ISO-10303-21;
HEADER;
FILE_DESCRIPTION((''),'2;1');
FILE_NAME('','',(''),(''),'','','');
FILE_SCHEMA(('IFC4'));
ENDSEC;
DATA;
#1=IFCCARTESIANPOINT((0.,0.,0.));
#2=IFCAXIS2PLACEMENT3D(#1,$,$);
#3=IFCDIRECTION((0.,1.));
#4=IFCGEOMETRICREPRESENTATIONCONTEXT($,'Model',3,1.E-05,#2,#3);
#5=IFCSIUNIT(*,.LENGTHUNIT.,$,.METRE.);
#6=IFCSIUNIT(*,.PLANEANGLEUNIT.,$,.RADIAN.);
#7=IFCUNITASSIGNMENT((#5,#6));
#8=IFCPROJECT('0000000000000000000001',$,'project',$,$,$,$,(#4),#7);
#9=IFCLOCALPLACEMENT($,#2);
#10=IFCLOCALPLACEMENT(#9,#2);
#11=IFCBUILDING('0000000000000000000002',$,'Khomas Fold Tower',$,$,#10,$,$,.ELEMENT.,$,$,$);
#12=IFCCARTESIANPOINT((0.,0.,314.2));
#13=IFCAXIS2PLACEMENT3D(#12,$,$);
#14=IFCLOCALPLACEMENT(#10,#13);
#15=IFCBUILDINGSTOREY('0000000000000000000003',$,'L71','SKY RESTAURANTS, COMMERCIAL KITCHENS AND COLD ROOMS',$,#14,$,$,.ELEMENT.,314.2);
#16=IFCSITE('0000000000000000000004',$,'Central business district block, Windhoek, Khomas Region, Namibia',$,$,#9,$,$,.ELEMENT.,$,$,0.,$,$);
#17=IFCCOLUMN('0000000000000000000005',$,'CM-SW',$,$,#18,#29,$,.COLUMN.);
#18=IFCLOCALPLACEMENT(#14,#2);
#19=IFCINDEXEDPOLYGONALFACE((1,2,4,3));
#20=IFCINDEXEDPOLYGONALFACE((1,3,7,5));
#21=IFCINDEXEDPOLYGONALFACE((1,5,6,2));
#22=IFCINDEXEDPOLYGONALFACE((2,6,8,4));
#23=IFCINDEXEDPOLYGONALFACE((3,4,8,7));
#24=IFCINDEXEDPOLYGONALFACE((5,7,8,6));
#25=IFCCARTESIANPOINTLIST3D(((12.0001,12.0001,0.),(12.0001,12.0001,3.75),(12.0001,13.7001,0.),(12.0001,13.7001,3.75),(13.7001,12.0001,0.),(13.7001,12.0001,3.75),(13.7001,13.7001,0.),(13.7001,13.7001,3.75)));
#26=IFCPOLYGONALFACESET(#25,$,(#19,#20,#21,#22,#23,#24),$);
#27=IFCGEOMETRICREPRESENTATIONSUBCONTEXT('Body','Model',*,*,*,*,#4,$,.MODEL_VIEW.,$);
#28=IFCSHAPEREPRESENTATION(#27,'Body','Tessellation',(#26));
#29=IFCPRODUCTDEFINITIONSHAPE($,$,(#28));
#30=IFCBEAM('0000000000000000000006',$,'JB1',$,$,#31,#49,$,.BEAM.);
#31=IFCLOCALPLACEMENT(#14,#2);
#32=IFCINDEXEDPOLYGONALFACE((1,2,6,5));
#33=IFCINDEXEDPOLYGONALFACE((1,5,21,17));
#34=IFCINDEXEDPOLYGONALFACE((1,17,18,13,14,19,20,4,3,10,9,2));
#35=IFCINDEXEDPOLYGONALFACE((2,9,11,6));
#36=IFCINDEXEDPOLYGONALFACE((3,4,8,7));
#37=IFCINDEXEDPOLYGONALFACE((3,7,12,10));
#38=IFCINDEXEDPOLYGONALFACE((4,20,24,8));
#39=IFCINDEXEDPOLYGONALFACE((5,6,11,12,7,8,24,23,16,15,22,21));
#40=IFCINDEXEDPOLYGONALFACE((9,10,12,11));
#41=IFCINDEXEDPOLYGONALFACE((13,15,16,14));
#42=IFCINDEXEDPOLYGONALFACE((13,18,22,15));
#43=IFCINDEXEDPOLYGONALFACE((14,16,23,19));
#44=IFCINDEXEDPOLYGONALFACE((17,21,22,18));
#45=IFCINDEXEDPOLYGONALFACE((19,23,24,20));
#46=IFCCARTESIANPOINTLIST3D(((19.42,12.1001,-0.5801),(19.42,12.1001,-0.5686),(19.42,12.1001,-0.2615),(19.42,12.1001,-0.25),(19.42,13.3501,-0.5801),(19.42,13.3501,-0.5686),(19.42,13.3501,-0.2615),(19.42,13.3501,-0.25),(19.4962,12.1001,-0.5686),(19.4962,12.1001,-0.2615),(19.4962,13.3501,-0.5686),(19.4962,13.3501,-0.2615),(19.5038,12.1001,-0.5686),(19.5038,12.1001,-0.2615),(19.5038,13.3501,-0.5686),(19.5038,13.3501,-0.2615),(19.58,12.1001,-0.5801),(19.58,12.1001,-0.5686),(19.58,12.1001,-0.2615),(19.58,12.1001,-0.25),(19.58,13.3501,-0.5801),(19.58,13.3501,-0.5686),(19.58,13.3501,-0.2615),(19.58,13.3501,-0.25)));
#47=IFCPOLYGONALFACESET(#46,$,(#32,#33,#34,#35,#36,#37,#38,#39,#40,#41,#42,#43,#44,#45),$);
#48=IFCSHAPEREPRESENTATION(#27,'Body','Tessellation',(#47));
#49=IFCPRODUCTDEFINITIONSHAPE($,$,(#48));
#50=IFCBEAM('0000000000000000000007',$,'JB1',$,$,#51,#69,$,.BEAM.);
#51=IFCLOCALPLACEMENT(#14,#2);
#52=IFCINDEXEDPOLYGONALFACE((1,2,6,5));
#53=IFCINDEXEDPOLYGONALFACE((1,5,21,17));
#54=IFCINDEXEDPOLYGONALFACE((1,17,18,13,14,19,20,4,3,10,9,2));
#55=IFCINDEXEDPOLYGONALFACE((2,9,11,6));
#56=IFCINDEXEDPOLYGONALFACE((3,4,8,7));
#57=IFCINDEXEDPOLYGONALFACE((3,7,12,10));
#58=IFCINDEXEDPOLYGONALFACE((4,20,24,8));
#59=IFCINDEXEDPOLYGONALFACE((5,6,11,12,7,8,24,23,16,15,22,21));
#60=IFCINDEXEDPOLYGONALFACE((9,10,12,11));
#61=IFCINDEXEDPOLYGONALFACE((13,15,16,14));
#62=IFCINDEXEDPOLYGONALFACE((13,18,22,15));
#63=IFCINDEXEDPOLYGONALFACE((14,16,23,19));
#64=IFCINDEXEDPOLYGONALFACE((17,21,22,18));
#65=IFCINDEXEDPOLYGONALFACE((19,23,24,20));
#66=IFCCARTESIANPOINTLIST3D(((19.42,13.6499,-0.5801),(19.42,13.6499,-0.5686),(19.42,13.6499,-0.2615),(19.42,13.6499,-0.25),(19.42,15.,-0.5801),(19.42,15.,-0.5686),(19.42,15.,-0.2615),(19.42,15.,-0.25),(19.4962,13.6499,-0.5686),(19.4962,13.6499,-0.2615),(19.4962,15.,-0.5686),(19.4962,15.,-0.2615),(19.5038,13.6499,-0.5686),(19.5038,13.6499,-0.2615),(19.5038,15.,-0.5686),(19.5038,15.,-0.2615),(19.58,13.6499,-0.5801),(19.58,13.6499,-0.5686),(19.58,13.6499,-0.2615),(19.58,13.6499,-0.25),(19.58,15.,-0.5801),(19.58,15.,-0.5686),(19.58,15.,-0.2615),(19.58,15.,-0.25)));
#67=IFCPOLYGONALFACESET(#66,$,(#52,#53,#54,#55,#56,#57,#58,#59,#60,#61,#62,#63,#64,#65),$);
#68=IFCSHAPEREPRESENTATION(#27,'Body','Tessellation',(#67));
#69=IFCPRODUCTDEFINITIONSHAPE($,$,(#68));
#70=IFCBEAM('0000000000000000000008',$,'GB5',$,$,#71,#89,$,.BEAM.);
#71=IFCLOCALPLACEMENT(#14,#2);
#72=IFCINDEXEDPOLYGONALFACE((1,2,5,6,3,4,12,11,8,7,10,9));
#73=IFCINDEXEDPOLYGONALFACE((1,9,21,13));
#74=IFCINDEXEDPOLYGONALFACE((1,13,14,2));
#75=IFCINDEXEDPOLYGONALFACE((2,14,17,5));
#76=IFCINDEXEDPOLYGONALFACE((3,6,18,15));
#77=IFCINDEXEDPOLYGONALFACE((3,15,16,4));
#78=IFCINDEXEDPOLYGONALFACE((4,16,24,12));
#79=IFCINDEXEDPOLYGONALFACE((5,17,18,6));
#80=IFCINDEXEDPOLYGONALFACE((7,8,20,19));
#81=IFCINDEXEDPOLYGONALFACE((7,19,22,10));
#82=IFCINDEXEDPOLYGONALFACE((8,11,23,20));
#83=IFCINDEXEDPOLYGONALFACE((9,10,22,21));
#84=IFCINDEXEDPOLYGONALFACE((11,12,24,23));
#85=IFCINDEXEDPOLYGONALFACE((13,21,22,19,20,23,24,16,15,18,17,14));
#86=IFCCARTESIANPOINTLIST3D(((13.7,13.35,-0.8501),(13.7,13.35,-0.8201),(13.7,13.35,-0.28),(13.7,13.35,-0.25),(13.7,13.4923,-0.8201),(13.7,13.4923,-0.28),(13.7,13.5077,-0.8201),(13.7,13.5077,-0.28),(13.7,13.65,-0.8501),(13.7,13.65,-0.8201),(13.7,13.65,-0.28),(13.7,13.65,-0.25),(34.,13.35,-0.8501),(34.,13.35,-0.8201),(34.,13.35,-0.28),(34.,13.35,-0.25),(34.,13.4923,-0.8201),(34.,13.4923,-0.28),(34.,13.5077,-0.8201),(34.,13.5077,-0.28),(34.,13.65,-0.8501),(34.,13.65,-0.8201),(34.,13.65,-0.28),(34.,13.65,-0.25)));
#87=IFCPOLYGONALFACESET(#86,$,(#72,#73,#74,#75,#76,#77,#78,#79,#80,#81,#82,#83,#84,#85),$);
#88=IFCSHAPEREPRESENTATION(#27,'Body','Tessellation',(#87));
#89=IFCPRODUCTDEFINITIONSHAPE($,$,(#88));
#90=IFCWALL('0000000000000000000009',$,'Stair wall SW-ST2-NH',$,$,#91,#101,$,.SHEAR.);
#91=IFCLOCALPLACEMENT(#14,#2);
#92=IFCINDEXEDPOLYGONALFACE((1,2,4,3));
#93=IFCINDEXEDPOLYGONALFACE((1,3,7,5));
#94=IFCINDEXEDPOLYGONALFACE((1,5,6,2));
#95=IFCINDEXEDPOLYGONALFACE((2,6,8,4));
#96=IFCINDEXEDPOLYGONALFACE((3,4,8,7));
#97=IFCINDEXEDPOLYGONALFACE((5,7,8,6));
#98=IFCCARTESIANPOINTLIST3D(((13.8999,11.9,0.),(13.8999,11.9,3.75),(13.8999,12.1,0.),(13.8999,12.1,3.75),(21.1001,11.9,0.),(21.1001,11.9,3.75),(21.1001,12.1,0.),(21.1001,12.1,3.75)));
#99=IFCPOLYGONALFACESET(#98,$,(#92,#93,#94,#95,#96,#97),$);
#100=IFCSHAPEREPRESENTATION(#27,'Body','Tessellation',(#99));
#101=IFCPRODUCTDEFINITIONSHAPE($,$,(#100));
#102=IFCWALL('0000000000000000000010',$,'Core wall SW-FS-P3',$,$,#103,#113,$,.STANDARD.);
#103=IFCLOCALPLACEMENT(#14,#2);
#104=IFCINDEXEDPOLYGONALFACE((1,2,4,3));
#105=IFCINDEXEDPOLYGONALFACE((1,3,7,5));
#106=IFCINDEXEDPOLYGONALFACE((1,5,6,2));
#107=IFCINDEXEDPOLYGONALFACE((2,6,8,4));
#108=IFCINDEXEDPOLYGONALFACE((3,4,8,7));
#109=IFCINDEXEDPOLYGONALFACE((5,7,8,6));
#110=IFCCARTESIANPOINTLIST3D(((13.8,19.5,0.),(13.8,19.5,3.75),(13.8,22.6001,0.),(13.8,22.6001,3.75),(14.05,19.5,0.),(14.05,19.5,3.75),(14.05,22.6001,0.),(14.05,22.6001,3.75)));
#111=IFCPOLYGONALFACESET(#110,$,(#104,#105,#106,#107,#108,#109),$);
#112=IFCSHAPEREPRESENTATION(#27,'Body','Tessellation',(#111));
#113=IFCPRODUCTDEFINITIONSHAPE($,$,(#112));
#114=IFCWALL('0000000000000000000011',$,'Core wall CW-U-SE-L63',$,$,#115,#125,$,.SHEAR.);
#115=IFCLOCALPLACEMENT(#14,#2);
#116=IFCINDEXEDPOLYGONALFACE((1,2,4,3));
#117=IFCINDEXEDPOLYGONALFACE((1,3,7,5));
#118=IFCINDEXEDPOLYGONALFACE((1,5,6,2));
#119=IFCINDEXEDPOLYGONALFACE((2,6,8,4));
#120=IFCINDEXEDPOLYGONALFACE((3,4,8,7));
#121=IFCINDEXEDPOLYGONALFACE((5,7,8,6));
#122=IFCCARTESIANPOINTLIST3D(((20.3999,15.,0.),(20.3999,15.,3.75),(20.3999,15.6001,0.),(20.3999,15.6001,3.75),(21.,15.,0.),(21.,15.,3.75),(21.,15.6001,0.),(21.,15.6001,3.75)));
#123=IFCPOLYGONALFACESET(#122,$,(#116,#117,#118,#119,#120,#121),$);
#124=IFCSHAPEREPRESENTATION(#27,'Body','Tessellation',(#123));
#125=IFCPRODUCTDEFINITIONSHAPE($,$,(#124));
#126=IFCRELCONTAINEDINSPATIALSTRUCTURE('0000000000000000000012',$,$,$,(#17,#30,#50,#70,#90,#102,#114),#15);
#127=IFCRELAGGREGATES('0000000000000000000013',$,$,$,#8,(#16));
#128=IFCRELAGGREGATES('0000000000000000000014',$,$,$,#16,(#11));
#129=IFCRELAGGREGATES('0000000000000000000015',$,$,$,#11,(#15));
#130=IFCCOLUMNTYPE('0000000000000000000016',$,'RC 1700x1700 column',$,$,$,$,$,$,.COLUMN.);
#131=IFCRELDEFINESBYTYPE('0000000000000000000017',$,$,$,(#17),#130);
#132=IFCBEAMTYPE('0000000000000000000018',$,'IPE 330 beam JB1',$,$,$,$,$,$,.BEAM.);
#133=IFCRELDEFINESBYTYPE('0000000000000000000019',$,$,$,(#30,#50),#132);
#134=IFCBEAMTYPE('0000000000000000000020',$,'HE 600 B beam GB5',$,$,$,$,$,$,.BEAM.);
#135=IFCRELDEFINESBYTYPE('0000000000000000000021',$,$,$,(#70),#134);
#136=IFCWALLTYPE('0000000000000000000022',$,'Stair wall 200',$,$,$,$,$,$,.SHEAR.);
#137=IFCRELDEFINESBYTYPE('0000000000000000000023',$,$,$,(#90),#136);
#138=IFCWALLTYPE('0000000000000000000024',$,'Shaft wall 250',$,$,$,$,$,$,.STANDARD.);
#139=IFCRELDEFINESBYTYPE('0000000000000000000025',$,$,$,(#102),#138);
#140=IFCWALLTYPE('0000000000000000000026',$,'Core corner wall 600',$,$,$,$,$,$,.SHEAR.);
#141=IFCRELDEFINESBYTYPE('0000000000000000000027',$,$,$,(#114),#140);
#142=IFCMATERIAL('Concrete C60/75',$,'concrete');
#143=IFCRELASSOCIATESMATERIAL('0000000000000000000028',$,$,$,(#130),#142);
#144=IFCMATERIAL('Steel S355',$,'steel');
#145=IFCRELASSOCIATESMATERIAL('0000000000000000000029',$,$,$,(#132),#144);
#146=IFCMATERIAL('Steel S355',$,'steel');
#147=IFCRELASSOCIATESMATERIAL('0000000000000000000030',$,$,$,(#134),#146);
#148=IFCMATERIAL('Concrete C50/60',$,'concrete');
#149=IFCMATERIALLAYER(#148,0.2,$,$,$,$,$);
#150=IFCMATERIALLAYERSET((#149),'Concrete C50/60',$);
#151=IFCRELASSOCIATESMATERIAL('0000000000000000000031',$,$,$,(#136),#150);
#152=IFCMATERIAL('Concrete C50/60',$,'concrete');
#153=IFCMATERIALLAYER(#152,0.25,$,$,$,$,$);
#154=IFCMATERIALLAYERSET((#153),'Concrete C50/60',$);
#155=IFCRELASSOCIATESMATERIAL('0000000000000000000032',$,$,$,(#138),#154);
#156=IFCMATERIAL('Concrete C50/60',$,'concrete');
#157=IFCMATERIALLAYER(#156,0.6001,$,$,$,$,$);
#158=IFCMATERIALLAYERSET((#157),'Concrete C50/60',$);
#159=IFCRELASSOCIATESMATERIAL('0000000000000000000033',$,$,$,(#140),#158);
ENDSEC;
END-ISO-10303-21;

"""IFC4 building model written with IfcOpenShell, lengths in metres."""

from ifc_helpers import new_model, si_unit, direction, frame, frame_2d, origin, origin_2d, place, context, subcontext, project, spatial, rectangle, i_section, extrude, source, transform, mapped, material, layer, layer_set, material_profile, profile_set, type_object, element, save


model = new_model("IFC4")

# Units and contexts
model_context = context("Model", 3, precision=1e-05, world=origin(), true_north=direction((0.0, 1.0)))
body_context = subcontext(model_context, "Body", "Model", "MODEL_VIEW")
ifc_project = project(units=[si_unit("LENGTHUNIT", "METRE"), si_unit("PLANEANGLEUNIT", "RADIAN")], contexts=[model_context])

# Site, building, storey
site_placement = place(None, origin())
site = spatial("IfcSite", under=ifc_project, at=site_placement, Name="Central business district block, Windhoek, Khomas Region, Namibia", CompositionType="ELEMENT", RefElevation=0.0)
building_placement = place(site_placement, origin())
building = spatial("IfcBuilding", under=site, at=building_placement, Name="Khomas Fold Tower", CompositionType="ELEMENT")
storey_placement = place(building_placement, frame((0.0, 0.0, 314.2)))
storey = spatial("IfcBuildingStorey", under=building, at=storey_placement, Name="L71", Description="SKY RESTAURANTS, COMMERCIAL KITCHENS AND COLD ROOMS", CompositionType="ELEMENT", Elevation=314.2)

# Column
ifc_material_1 = material(Name="Concrete C60/75", Category="concrete")
ifc_material_profile_1 = material_profile(ifc_material_1, rectangle(XDim=1.7, YDim=1.7, at=origin_2d()), Name="RC 1700x1700")
ifc_profile_set_1 = profile_set([ifc_material_profile_1], Name="Concrete C60/75")
column_type = type_object("IfcColumnType", Name="RC 1700x1700 column", PredefinedType="COLUMN", material=ifc_profile_set_1)
shared_shape_1 = source(origin(), body_context, "Body", "SweptSolid", [
    extrude(rectangle(XDim=1.7, YDim=1.7, at=origin_2d()), origin(), (0.0, 0.0, 1.0), 3.75),
])
column_placement = place(storey_placement, frame((12.8501, 12.8501, 0.0), z_axis=(0.0, 0.0, 1.0), x_axis=(1.0, 0.0, 0.0)))
element("IfcColumn", 1, at=column_placement, inside=storey, type_object=column_type, Name="CM-SW", PredefinedType="COLUMN", context=body_context, shape_type="MappedRepresentation", body=[
    mapped(shared_shape_1, transform((0.0, 0.0, 0.0))),
])

# Beams
ifc_material_2 = material(Name="Steel S355", Category="steel")
ifc_material_profile_2 = material_profile(ifc_material_2, i_section(OverallWidth=0.1599, OverallDepth=0.3301, WebThickness=0.0076, FlangeThickness=0.0115, at=origin_2d()), Name="IPE 330")
ifc_profile_set_2 = profile_set([ifc_material_profile_2], Name="Steel S355")
beam_type_1 = type_object("IfcBeamType", Name="IPE 330 beam JB1", PredefinedType="BEAM", material=ifc_profile_set_2)
shared_shape_2 = source(origin(), body_context, "Body", "SweptSolid", [
    extrude(i_section(OverallWidth=0.1599, OverallDepth=0.3301, WebThickness=0.0076, FlangeThickness=0.0115, at=origin_2d()), origin(), (0.0, 0.0, 1.0), 1.25),
])
beam_1_placement = place(storey_placement, frame((19.5, 12.1001, -0.415), z_axis=(0.0, 1.0, 0.0), x_axis=(-1.0, 0.0, 0.0)))
element("IfcBeam", 2, at=beam_1_placement, inside=storey, type_object=beam_type_1, Name="JB1", PredefinedType="BEAM", context=body_context, shape_type="MappedRepresentation", body=[
    mapped(shared_shape_2, transform((0.0, 0.0, 0.0))),
])
shared_shape_3 = source(origin(), body_context, "Body", "SweptSolid", [
    extrude(i_section(OverallWidth=0.1599, OverallDepth=0.3301, WebThickness=0.0076, FlangeThickness=0.0115, at=origin_2d()), origin(), (0.0, 0.0, 1.0), 1.3501),
])
beam_2_placement = place(storey_placement, frame((19.5, 13.6499, -0.415), z_axis=(0.0, 1.0, 0.0), x_axis=(-1.0, 0.0, 0.0)))
element("IfcBeam", 3, at=beam_2_placement, inside=storey, type_object=beam_type_1, Name="JB1", PredefinedType="BEAM", context=body_context, shape_type="MappedRepresentation", body=[
    mapped(shared_shape_3, transform((0.0, 0.0, 0.0))),
])
ifc_material_3 = material(Name="Steel S355", Category="steel")
ifc_material_profile_3 = material_profile(ifc_material_3, i_section(OverallWidth=0.3, OverallDepth=0.6001, WebThickness=0.0154, FlangeThickness=0.03, at=origin_2d()), Name="HE 600 B")
ifc_profile_set_3 = profile_set([ifc_material_profile_3], Name="Steel S355")
beam_type_2 = type_object("IfcBeamType", Name="HE 600 B beam GB5", PredefinedType="BEAM", material=ifc_profile_set_3)
shared_shape_4 = source(origin(), body_context, "Body", "SweptSolid", [
    extrude(i_section(OverallWidth=0.3, OverallDepth=0.6001, WebThickness=0.0154, FlangeThickness=0.03, at=origin_2d()), origin(), (0.0, 0.0, 1.0), 20.3),
])
beam_3_placement = place(storey_placement, frame((13.7, 13.5, -0.55), z_axis=(1.0, 0.0, 0.0), x_axis=(0.0, 1.0, 0.0)))
element("IfcBeam", 4, at=beam_3_placement, inside=storey, type_object=beam_type_2, Name="GB5", PredefinedType="BEAM", context=body_context, shape_type="MappedRepresentation", body=[
    mapped(shared_shape_4, transform((0.0, 0.0, 0.0))),
])

# Walls
ifc_material_4 = material(Name="Concrete C50/60", Category="concrete")
ifc_layer_1 = layer(ifc_material_4, 0.2)
ifc_layer_set_1 = layer_set([ifc_layer_1], Name="Concrete C50/60")
wall_type_1 = type_object("IfcWallType", Name="Stair wall 200", PredefinedType="SHEAR", material=ifc_layer_set_1)
shared_shape_5 = source(origin(), body_context, "Body", "SweptSolid", [
    extrude(rectangle(XDim=7.2002, YDim=0.2, at=frame_2d((3.6001, 0.0))), origin(), (0.0, 0.0, 1.0), 3.75),
])
wall_1_placement = place(storey_placement, frame((13.8999, 12.0, 0.0), z_axis=(0.0, 0.0, 1.0), x_axis=(1.0, 0.0, 0.0)))
element("IfcWall", 5, at=wall_1_placement, inside=storey, type_object=wall_type_1, Name="Stair wall SW-ST2-NH", PredefinedType="SHEAR", context=body_context, shape_type="MappedRepresentation", body=[
    mapped(shared_shape_5, transform((0.0, 0.0, 0.0))),
])
ifc_material_5 = material(Name="Concrete C50/60", Category="concrete")
ifc_layer_2 = layer(ifc_material_5, 0.25)
ifc_layer_set_2 = layer_set([ifc_layer_2], Name="Concrete C50/60")
wall_type_2 = type_object("IfcWallType", Name="Shaft wall 250", PredefinedType="STANDARD", material=ifc_layer_set_2)
shared_shape_6 = source(origin(), body_context, "Body", "SweptSolid", [
    extrude(rectangle(XDim=3.1001, YDim=0.25, at=frame_2d((1.55, 0.0))), origin(), (0.0, 0.0, 1.0), 3.75),
])
wall_2_placement = place(storey_placement, frame((13.925, 19.5, 0.0), z_axis=(0.0, 0.0, 1.0), x_axis=(0.0, 1.0, 0.0)))
element("IfcWall", 6, at=wall_2_placement, inside=storey, type_object=wall_type_2, Name="Core wall SW-FS-P3", PredefinedType="STANDARD", context=body_context, shape_type="MappedRepresentation", body=[
    mapped(shared_shape_6, transform((0.0, 0.0, 0.0))),
])
ifc_material_6 = material(Name="Concrete C50/60", Category="concrete")
ifc_layer_3 = layer(ifc_material_6, 0.6001)
ifc_layer_set_3 = layer_set([ifc_layer_3], Name="Concrete C50/60")
wall_type_3 = type_object("IfcWallType", Name="Core corner wall 600", PredefinedType="SHEAR", material=ifc_layer_set_3)
shared_shape_7 = source(origin(), body_context, "Body", "SweptSolid", [
    extrude(rectangle(XDim=0.6001, YDim=0.6001, at=frame_2d((0.3, 0.0))), origin(), (0.0, 0.0, 1.0), 3.75),
])
wall_3_placement = place(storey_placement, frame((20.3999, 15.3, 0.0), z_axis=(0.0, 0.0, 1.0), x_axis=(1.0, 0.0, 0.0)))
element("IfcWall", 7, at=wall_3_placement, inside=storey, type_object=wall_type_3, Name="Core wall CW-U-SE-L63", PredefinedType="SHEAR", context=body_context, shape_type="MappedRepresentation", body=[
    mapped(shared_shape_7, transform((0.0, 0.0, 0.0))),
])

save(model, "model.ifc")
